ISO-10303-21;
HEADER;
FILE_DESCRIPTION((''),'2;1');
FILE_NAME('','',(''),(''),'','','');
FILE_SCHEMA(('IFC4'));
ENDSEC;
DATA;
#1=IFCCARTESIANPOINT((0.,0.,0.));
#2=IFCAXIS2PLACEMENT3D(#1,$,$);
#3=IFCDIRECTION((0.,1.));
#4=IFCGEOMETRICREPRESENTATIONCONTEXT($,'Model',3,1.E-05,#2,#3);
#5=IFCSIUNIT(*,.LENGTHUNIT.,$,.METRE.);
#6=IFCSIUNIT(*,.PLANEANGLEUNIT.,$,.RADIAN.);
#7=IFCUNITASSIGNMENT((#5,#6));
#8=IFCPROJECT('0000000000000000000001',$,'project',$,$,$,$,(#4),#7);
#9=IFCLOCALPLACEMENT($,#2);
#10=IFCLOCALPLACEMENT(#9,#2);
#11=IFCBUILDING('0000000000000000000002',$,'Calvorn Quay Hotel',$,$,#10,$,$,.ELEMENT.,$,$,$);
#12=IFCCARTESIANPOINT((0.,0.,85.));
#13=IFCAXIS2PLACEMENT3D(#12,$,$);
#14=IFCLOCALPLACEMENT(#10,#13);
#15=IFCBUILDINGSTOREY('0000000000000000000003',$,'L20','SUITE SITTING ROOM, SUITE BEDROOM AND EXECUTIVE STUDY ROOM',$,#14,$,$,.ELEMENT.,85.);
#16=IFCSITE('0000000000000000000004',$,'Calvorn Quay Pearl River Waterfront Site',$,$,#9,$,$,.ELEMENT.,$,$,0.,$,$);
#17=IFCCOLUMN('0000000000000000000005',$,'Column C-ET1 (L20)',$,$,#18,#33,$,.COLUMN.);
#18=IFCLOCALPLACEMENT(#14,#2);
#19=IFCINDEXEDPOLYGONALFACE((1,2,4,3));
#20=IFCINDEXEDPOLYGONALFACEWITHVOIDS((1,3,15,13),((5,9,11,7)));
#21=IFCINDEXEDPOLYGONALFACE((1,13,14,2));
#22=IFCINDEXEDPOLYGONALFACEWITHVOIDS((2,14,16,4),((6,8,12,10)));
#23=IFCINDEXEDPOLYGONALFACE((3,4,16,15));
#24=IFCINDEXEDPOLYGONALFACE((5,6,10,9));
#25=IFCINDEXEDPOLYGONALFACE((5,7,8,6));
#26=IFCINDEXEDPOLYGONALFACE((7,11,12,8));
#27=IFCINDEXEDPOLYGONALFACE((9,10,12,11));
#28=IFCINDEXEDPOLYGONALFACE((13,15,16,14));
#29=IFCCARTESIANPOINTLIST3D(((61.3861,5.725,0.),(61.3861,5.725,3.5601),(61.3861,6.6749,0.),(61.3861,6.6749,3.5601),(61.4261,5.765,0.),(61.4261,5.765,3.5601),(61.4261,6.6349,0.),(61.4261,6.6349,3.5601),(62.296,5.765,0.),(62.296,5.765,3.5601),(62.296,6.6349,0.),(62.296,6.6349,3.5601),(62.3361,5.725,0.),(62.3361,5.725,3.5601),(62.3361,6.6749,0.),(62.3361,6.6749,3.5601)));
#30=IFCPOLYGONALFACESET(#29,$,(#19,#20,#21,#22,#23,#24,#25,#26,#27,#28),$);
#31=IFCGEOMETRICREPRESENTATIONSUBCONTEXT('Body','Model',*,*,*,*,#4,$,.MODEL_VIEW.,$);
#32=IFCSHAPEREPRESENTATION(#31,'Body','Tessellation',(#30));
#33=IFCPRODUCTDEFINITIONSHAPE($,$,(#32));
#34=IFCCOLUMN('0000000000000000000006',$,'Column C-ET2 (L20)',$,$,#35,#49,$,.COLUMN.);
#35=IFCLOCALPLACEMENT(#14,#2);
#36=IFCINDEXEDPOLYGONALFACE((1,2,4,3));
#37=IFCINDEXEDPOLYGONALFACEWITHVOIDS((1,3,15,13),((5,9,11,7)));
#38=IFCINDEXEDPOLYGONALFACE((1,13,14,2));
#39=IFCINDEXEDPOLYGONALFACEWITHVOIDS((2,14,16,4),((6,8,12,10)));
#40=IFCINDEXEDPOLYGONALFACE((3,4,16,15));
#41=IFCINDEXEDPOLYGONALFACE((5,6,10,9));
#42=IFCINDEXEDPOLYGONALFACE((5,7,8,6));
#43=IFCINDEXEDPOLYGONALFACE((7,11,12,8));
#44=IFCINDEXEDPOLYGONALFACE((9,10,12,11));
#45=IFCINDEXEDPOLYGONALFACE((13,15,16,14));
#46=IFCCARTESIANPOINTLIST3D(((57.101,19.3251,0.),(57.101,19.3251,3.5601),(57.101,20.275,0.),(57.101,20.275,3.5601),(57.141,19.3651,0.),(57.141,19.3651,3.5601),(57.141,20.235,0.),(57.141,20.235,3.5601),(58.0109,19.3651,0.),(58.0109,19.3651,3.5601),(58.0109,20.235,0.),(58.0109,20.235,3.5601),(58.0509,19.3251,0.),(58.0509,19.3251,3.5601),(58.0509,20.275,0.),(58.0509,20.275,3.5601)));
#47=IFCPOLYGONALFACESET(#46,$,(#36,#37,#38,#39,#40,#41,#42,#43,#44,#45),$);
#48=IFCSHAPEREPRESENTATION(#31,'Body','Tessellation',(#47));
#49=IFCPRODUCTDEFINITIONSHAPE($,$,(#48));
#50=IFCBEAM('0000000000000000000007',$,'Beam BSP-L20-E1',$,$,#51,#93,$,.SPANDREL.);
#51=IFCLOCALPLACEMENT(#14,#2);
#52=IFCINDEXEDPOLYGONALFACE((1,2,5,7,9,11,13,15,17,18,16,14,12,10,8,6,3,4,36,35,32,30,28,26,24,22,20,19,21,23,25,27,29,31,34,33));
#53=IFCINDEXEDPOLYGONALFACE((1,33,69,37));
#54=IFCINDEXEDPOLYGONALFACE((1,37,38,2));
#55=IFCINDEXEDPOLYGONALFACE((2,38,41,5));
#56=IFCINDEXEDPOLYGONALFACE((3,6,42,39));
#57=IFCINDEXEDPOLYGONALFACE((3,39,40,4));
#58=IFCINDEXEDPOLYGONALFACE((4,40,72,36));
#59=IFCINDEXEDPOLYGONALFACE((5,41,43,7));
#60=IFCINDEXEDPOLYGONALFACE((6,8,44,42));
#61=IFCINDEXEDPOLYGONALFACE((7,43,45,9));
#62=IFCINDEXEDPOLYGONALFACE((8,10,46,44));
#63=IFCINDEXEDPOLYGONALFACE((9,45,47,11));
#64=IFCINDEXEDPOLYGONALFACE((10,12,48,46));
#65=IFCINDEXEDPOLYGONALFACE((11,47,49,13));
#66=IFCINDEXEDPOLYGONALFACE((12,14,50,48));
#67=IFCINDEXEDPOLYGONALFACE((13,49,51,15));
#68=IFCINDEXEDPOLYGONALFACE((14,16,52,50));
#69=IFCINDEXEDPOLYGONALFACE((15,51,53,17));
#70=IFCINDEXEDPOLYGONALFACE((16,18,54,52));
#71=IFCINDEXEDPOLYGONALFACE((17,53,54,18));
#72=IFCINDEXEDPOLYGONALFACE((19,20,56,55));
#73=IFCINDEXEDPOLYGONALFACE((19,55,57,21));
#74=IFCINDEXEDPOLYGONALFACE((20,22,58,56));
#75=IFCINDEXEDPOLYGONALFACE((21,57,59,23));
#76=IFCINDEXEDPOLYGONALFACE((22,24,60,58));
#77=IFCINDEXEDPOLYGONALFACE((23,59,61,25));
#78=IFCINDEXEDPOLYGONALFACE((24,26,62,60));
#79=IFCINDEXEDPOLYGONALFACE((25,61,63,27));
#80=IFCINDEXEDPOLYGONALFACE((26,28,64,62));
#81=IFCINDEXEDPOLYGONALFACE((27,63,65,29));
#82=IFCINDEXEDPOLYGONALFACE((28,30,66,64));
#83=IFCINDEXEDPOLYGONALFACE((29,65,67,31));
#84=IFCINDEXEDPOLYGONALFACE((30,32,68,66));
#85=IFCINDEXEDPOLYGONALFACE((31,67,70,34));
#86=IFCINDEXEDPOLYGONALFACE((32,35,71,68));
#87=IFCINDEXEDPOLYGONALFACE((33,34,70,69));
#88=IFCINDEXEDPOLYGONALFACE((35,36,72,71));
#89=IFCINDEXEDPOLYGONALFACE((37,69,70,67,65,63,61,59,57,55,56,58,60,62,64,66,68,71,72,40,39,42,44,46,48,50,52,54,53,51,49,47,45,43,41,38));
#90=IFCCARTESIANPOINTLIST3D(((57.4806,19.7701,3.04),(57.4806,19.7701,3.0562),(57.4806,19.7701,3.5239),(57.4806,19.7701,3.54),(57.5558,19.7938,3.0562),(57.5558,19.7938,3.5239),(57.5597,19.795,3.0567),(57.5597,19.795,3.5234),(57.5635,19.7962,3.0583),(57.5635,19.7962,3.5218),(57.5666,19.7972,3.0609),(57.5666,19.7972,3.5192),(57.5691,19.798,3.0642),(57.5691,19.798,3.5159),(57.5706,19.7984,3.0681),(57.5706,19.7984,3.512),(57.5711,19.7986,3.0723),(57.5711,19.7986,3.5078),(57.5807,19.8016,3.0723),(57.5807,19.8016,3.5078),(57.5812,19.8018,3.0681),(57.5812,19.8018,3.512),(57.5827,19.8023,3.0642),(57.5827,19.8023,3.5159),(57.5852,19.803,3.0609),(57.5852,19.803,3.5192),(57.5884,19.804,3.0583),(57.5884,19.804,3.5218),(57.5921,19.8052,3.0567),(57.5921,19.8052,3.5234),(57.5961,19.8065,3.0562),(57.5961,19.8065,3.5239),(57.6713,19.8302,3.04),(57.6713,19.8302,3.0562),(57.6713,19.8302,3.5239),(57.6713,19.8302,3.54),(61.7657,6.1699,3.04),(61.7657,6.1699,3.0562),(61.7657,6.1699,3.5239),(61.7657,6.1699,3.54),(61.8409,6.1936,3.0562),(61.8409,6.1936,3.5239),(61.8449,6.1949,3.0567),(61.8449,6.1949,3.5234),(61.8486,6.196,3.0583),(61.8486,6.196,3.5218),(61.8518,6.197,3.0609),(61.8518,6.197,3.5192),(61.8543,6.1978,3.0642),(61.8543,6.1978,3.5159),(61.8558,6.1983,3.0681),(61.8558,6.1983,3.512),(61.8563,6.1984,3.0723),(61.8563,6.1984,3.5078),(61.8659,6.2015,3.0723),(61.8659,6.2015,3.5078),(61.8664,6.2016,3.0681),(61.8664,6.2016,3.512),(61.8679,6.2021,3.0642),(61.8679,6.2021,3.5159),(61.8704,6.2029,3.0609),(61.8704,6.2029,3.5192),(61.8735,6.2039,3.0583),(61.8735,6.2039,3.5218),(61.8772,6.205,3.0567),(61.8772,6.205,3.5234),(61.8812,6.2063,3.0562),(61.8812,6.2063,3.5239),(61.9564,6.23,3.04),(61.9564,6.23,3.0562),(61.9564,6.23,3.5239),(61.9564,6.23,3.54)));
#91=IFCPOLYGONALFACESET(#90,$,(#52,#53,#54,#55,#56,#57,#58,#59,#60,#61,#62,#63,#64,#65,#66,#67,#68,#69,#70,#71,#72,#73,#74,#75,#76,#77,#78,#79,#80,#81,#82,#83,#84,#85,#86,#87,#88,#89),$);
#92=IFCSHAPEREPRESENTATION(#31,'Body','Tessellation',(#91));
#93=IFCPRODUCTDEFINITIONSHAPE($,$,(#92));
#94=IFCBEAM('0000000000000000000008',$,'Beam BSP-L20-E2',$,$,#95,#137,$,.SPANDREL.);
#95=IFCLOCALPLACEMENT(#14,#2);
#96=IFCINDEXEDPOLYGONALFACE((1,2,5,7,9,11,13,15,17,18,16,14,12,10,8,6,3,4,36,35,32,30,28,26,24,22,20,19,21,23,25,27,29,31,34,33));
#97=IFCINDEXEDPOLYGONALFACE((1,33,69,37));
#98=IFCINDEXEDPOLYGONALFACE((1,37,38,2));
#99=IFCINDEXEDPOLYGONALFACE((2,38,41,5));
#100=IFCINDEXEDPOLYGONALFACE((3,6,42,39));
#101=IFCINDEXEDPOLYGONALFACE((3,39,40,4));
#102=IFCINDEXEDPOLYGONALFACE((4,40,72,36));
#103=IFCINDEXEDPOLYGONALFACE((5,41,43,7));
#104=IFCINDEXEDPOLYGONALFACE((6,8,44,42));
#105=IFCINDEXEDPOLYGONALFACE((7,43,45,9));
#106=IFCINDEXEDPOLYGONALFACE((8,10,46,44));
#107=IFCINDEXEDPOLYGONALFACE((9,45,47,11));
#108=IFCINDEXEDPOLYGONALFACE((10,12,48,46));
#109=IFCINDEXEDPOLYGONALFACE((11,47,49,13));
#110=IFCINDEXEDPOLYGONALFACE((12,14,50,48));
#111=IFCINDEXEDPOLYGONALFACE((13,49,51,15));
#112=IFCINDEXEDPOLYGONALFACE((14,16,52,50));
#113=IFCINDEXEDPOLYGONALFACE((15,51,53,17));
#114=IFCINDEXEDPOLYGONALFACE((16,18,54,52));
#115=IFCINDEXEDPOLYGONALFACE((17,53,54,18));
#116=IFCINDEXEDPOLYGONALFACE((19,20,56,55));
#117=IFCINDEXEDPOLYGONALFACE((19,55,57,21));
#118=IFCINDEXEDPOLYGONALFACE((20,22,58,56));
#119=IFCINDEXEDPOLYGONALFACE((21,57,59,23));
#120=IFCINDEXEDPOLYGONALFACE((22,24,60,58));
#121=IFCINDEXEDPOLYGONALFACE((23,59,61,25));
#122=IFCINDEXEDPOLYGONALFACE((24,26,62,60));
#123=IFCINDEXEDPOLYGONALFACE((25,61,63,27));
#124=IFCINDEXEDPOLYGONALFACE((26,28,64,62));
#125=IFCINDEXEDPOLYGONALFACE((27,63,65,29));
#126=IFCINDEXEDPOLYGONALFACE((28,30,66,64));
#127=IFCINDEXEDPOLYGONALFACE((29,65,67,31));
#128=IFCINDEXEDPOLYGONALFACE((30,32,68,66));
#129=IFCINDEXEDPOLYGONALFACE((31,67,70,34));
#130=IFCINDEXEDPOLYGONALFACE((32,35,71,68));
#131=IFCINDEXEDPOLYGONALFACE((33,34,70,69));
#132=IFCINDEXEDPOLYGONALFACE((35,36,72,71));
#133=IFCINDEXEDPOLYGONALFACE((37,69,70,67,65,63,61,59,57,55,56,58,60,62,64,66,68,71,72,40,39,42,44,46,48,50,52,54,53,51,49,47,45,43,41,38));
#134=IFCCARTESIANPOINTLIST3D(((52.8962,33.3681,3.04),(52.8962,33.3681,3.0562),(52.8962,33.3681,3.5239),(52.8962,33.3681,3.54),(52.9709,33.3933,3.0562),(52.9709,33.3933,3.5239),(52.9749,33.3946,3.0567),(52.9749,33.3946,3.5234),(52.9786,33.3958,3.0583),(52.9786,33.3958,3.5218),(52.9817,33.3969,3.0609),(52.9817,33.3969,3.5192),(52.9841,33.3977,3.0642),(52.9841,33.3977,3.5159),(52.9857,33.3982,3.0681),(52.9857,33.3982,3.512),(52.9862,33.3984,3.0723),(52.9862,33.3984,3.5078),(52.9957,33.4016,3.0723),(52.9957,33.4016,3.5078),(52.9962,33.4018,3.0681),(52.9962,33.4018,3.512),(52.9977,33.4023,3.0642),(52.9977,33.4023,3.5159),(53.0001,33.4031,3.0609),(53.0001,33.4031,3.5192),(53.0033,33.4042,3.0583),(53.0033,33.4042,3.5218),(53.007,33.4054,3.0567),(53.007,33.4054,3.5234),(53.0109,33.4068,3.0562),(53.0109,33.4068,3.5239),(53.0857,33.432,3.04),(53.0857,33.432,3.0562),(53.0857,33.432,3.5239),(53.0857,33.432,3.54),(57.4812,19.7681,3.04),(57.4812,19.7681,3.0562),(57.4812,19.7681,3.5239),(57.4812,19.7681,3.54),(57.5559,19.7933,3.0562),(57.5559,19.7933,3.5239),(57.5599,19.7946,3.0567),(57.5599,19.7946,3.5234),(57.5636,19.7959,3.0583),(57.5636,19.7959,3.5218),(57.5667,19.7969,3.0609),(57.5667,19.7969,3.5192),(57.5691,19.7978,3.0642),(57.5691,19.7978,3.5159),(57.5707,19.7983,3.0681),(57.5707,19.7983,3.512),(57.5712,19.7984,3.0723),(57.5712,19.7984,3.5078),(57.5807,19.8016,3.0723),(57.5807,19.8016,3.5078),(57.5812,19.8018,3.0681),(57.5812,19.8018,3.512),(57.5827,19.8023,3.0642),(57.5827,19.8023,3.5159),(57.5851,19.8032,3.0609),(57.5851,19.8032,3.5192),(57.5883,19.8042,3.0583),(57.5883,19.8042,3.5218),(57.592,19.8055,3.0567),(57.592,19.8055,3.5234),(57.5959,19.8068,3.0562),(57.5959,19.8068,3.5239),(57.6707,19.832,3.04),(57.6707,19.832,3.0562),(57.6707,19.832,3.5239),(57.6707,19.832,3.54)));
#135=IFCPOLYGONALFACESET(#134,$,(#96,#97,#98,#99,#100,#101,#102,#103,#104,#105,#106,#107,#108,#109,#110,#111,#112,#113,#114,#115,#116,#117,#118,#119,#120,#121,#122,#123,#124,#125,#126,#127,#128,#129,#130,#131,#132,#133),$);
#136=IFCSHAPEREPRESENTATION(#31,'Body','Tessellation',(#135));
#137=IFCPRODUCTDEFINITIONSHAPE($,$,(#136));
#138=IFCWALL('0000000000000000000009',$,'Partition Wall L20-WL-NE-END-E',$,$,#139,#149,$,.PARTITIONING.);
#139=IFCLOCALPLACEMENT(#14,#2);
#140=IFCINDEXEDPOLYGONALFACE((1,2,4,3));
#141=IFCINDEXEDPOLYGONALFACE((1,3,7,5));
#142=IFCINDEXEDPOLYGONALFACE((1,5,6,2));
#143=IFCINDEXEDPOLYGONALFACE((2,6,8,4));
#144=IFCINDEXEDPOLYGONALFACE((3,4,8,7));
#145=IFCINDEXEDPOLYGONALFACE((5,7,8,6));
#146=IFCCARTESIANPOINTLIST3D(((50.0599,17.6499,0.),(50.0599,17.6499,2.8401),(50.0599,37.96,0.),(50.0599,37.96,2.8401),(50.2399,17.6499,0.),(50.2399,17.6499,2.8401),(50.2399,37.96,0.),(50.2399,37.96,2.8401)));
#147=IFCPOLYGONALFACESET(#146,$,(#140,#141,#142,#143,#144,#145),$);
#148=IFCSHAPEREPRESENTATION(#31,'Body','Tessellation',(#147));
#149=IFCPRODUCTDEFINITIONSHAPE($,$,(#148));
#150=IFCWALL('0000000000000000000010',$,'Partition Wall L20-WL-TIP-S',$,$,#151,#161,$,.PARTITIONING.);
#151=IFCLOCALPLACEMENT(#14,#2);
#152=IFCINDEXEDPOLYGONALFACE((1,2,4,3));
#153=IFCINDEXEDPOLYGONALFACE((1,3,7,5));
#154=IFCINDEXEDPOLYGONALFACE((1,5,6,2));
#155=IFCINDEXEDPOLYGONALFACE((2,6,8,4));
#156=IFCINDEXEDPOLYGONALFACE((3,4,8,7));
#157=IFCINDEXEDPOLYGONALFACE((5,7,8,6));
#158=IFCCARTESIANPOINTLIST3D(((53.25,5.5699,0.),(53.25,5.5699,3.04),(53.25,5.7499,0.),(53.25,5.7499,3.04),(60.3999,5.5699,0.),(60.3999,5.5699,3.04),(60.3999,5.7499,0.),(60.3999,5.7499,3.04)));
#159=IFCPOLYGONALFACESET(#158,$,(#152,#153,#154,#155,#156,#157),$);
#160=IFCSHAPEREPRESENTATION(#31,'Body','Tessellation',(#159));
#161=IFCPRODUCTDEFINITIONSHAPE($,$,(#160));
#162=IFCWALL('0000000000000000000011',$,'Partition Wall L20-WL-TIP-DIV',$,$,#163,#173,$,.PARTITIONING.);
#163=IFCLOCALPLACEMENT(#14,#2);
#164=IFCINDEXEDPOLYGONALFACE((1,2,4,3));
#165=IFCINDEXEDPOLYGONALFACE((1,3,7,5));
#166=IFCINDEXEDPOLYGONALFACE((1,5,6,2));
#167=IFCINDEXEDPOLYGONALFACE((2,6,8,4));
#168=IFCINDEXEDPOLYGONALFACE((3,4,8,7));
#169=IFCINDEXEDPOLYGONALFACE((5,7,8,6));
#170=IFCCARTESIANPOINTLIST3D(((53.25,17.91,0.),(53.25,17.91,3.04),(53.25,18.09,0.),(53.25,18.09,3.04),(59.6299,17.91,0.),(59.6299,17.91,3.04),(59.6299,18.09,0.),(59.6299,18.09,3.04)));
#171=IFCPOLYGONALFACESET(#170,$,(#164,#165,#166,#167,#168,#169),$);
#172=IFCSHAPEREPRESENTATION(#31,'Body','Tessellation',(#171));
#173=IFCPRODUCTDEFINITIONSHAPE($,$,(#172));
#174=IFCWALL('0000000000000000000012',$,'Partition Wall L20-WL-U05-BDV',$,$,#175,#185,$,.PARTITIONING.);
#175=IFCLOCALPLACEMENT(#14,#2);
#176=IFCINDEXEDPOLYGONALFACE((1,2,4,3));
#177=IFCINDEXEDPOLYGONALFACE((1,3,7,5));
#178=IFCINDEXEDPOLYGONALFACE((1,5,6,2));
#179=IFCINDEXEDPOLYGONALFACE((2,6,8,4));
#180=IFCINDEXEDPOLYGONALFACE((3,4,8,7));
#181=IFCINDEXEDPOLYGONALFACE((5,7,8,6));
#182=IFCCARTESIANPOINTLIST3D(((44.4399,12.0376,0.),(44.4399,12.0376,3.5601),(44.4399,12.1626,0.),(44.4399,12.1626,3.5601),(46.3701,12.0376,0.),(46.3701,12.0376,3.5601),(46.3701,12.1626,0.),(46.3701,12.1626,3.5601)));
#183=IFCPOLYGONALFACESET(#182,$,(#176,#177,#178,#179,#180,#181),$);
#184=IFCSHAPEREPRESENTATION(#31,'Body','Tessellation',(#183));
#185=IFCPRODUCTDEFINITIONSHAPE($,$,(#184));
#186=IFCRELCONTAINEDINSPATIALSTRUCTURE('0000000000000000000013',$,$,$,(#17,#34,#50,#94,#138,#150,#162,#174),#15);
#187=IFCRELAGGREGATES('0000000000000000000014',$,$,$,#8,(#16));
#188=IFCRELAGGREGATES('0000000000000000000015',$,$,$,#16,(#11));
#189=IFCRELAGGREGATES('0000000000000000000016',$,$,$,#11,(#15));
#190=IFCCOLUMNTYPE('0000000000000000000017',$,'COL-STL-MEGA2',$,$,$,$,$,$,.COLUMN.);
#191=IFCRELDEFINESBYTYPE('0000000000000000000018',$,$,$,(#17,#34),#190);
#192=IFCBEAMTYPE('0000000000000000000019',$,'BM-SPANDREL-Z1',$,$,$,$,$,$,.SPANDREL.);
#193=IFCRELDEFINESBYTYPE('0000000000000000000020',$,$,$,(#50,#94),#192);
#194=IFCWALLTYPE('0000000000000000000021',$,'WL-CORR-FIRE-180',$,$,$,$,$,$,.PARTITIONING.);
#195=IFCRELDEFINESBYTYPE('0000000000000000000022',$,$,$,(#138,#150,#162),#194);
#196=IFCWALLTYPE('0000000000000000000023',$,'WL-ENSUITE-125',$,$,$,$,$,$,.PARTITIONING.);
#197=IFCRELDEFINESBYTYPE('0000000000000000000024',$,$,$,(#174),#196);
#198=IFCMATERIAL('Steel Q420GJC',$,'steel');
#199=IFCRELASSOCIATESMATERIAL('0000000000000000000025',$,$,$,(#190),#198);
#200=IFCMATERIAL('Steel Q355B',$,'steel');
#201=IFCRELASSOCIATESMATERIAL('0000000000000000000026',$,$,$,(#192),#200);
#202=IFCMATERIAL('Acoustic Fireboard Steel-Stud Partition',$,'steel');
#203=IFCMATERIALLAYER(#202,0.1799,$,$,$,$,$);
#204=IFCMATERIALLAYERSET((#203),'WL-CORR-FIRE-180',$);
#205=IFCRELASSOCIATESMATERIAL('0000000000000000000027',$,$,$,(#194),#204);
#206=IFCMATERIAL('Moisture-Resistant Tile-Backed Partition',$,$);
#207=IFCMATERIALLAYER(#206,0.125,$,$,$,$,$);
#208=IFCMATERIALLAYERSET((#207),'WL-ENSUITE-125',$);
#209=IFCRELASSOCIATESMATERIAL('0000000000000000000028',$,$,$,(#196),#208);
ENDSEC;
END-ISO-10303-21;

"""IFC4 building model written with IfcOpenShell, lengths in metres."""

from ifc_helpers import new_model, si_unit, direction, frame, frame_2d, origin, origin_2d, place, context, subcontext, project, spatial, rectangle, hollow_rectangle, i_section, extrude, material, layer, layer_set, material_profile, profile_set, type_object, element, save


model = new_model("IFC4")

# Units and contexts
model_context = context("Model", 3, precision=1e-05, world=origin(), true_north=direction((0.0, 1.0)))
body_context = subcontext(model_context, "Body", "Model", "MODEL_VIEW")
ifc_project = project(units=[si_unit("LENGTHUNIT", "METRE"), si_unit("PLANEANGLEUNIT", "RADIAN")], contexts=[model_context])

# Site, building, storey
site_placement = place(None, origin())
site = spatial("IfcSite", under=ifc_project, at=site_placement, Name="Calvorn Quay Pearl River Waterfront Site", CompositionType="ELEMENT", RefElevation=0.0)
building_placement = place(site_placement, origin())
building = spatial("IfcBuilding", under=site, at=building_placement, Name="Calvorn Quay Hotel", CompositionType="ELEMENT")
storey_placement = place(building_placement, frame((0.0, 0.0, 85.0)))
storey = spatial("IfcBuildingStorey", under=building, at=storey_placement, Name="L20", Description="SUITE SITTING ROOM, SUITE BEDROOM AND EXECUTIVE STUDY ROOM", CompositionType="ELEMENT", Elevation=85.0)

# Columns
ifc_material_1 = material(Name="Steel Q420GJC", Category="steel")
ifc_material_profile_1 = material_profile(ifc_material_1, hollow_rectangle(XDim=0.95, YDim=0.95, WallThickness=0.04, at=origin_2d()), Name="BOX950x950x40")
ifc_profile_set_1 = profile_set([ifc_material_profile_1], Name="Steel Q420GJC")
column_type = type_object("IfcColumnType", Name="COL-STL-MEGA2", PredefinedType="COLUMN", material=ifc_profile_set_1)
for number, where, z_axis, x_axis, name in (
    (1, (61.8611, 6.2, 0.0), (0.0, 0.0, 1.0), (1.0, 0.0, 0.0), "Column C-ET1 (L20)"),
    (2, (57.5759, 19.8, 0.0), (0.0, 0.0, 1.0), (1.0, 0.0, 0.0), "Column C-ET2 (L20)"),
):
    element("IfcColumn", number, at=place(storey_placement, frame(where, z_axis=z_axis, x_axis=x_axis)), inside=storey, type_object=column_type, Name=name, PredefinedType="COLUMN", context=body_context, shape_type="SweptSolid", body=[
        extrude(hollow_rectangle(XDim=0.95, YDim=0.95, WallThickness=0.04, at=origin_2d()), origin(), (0.0, 0.0, 1.0), 3.5601),
    ])

# Beams
ifc_material_2 = material(Name="Steel Q355B", Category="steel")
ifc_material_profile_2 = material_profile(ifc_material_2, i_section(OverallWidth=0.2, OverallDepth=0.5, WebThickness=0.01, FlangeThickness=0.0161, FilletRadius=0.0161, at=origin_2d()), Name="HN500x200x10x16")
ifc_profile_set_2 = profile_set([ifc_material_profile_2], Name="Steel Q355B")
beam_type = type_object("IfcBeamType", Name="BM-SPANDREL-Z1", PredefinedType="SPANDREL", material=ifc_profile_set_2)
beam_1_placement = place(storey_placement, frame((61.8611, 6.2, 3.29), z_axis=(-0.300518, 0.953776, 0.0), x_axis=(-0.953776, -0.300518, 0.0)))
element("IfcBeam", 3, at=beam_1_placement, inside=storey, type_object=beam_type, Name="Beam BSP-L20-E1", PredefinedType="SPANDREL", context=body_context, shape_type="SweptSolid", body=[
    extrude(i_section(OverallWidth=0.2, OverallDepth=0.5, WebThickness=0.01, FlangeThickness=0.0161, FilletRadius=0.0161, at=origin_2d()), origin(), (0.0, 0.0, 1.0), 14.2593),
])
beam_2_placement = place(storey_placement, frame((57.5759, 19.8, 3.29), z_axis=(-0.319467, 0.947598, 0.0), x_axis=(-0.947598, -0.319467, 0.0)))
element("IfcBeam", 4, at=beam_2_placement, inside=storey, type_object=beam_type, Name="Beam BSP-L20-E2", PredefinedType="SPANDREL", context=body_context, shape_type="SweptSolid", body=[
    extrude(i_section(OverallWidth=0.2, OverallDepth=0.5, WebThickness=0.01, FlangeThickness=0.0161, FilletRadius=0.0161, at=origin_2d()), origin(), (0.0, 0.0, 1.0), 14.3521),
])

# Walls
ifc_material_3 = material(Name="Acoustic Fireboard Steel-Stud Partition", Category="steel")
ifc_layer_1 = layer(ifc_material_3, 0.1799)
ifc_layer_set_1 = layer_set([ifc_layer_1], Name="WL-CORR-FIRE-180")
wall_type_1 = type_object("IfcWallType", Name="WL-CORR-FIRE-180", PredefinedType="PARTITIONING", material=ifc_layer_set_1)
wall_1_placement = place(storey_placement, frame((50.1499, 17.6499, 0.0), z_axis=(0.0, 0.0, 1.0), x_axis=(0.0, 1.0, 0.0)))
element("IfcWall", 5, at=wall_1_placement, inside=storey, type_object=wall_type_1, Name="Partition Wall L20-WL-NE-END-E", PredefinedType="PARTITIONING", context=body_context, shape_type="SweptSolid", body=[
    extrude(rectangle(XDim=20.3101, YDim=0.1799, at=frame_2d((10.155, 0.0))), origin(), (0.0, 0.0, 1.0), 2.8401),
])
wall_2_placement = place(storey_placement, frame((53.25, 5.6599, 0.0), z_axis=(0.0, 0.0, 1.0), x_axis=(1.0, 0.0, 0.0)))
element("IfcWall", 6, at=wall_2_placement, inside=storey, type_object=wall_type_1, Name="Partition Wall L20-WL-TIP-S", PredefinedType="PARTITIONING", context=body_context, shape_type="SweptSolid", body=[
    extrude(rectangle(XDim=7.1499, YDim=0.1799, at=frame_2d((3.575, 0.0))), origin(), (0.0, 0.0, 1.0), 3.04),
])
wall_3_placement = place(storey_placement, frame((53.25, 18.0, 0.0), z_axis=(0.0, 0.0, 1.0), x_axis=(1.0, 0.0, 0.0)))
element("IfcWall", 7, at=wall_3_placement, inside=storey, type_object=wall_type_1, Name="Partition Wall L20-WL-TIP-DIV", PredefinedType="PARTITIONING", context=body_context, shape_type="SweptSolid", body=[
    extrude(rectangle(XDim=6.3799, YDim=0.1799, at=frame_2d((3.1899, 0.0))), origin(), (0.0, 0.0, 1.0), 3.04),
])
ifc_material_4 = material(Name="Moisture-Resistant Tile-Backed Partition")
ifc_layer_2 = layer(ifc_material_4, 0.125)
ifc_layer_set_2 = layer_set([ifc_layer_2], Name="WL-ENSUITE-125")
wall_type_2 = type_object("IfcWallType", Name="WL-ENSUITE-125", PredefinedType="PARTITIONING", material=ifc_layer_set_2)
wall_4_placement = place(storey_placement, frame((44.4399, 12.1001, 0.0), z_axis=(0.0, 0.0, 1.0), x_axis=(1.0, 0.0, 0.0)))
element("IfcWall", 8, at=wall_4_placement, inside=storey, type_object=wall_type_2, Name="Partition Wall L20-WL-U05-BDV", PredefinedType="PARTITIONING", context=body_context, shape_type="SweptSolid", body=[
    extrude(rectangle(XDim=1.9302, YDim=0.125, at=frame_2d((0.9651, 0.0))), origin(), (0.0, 0.0, 1.0), 3.5601),
])

save(model, "model.ifc")
